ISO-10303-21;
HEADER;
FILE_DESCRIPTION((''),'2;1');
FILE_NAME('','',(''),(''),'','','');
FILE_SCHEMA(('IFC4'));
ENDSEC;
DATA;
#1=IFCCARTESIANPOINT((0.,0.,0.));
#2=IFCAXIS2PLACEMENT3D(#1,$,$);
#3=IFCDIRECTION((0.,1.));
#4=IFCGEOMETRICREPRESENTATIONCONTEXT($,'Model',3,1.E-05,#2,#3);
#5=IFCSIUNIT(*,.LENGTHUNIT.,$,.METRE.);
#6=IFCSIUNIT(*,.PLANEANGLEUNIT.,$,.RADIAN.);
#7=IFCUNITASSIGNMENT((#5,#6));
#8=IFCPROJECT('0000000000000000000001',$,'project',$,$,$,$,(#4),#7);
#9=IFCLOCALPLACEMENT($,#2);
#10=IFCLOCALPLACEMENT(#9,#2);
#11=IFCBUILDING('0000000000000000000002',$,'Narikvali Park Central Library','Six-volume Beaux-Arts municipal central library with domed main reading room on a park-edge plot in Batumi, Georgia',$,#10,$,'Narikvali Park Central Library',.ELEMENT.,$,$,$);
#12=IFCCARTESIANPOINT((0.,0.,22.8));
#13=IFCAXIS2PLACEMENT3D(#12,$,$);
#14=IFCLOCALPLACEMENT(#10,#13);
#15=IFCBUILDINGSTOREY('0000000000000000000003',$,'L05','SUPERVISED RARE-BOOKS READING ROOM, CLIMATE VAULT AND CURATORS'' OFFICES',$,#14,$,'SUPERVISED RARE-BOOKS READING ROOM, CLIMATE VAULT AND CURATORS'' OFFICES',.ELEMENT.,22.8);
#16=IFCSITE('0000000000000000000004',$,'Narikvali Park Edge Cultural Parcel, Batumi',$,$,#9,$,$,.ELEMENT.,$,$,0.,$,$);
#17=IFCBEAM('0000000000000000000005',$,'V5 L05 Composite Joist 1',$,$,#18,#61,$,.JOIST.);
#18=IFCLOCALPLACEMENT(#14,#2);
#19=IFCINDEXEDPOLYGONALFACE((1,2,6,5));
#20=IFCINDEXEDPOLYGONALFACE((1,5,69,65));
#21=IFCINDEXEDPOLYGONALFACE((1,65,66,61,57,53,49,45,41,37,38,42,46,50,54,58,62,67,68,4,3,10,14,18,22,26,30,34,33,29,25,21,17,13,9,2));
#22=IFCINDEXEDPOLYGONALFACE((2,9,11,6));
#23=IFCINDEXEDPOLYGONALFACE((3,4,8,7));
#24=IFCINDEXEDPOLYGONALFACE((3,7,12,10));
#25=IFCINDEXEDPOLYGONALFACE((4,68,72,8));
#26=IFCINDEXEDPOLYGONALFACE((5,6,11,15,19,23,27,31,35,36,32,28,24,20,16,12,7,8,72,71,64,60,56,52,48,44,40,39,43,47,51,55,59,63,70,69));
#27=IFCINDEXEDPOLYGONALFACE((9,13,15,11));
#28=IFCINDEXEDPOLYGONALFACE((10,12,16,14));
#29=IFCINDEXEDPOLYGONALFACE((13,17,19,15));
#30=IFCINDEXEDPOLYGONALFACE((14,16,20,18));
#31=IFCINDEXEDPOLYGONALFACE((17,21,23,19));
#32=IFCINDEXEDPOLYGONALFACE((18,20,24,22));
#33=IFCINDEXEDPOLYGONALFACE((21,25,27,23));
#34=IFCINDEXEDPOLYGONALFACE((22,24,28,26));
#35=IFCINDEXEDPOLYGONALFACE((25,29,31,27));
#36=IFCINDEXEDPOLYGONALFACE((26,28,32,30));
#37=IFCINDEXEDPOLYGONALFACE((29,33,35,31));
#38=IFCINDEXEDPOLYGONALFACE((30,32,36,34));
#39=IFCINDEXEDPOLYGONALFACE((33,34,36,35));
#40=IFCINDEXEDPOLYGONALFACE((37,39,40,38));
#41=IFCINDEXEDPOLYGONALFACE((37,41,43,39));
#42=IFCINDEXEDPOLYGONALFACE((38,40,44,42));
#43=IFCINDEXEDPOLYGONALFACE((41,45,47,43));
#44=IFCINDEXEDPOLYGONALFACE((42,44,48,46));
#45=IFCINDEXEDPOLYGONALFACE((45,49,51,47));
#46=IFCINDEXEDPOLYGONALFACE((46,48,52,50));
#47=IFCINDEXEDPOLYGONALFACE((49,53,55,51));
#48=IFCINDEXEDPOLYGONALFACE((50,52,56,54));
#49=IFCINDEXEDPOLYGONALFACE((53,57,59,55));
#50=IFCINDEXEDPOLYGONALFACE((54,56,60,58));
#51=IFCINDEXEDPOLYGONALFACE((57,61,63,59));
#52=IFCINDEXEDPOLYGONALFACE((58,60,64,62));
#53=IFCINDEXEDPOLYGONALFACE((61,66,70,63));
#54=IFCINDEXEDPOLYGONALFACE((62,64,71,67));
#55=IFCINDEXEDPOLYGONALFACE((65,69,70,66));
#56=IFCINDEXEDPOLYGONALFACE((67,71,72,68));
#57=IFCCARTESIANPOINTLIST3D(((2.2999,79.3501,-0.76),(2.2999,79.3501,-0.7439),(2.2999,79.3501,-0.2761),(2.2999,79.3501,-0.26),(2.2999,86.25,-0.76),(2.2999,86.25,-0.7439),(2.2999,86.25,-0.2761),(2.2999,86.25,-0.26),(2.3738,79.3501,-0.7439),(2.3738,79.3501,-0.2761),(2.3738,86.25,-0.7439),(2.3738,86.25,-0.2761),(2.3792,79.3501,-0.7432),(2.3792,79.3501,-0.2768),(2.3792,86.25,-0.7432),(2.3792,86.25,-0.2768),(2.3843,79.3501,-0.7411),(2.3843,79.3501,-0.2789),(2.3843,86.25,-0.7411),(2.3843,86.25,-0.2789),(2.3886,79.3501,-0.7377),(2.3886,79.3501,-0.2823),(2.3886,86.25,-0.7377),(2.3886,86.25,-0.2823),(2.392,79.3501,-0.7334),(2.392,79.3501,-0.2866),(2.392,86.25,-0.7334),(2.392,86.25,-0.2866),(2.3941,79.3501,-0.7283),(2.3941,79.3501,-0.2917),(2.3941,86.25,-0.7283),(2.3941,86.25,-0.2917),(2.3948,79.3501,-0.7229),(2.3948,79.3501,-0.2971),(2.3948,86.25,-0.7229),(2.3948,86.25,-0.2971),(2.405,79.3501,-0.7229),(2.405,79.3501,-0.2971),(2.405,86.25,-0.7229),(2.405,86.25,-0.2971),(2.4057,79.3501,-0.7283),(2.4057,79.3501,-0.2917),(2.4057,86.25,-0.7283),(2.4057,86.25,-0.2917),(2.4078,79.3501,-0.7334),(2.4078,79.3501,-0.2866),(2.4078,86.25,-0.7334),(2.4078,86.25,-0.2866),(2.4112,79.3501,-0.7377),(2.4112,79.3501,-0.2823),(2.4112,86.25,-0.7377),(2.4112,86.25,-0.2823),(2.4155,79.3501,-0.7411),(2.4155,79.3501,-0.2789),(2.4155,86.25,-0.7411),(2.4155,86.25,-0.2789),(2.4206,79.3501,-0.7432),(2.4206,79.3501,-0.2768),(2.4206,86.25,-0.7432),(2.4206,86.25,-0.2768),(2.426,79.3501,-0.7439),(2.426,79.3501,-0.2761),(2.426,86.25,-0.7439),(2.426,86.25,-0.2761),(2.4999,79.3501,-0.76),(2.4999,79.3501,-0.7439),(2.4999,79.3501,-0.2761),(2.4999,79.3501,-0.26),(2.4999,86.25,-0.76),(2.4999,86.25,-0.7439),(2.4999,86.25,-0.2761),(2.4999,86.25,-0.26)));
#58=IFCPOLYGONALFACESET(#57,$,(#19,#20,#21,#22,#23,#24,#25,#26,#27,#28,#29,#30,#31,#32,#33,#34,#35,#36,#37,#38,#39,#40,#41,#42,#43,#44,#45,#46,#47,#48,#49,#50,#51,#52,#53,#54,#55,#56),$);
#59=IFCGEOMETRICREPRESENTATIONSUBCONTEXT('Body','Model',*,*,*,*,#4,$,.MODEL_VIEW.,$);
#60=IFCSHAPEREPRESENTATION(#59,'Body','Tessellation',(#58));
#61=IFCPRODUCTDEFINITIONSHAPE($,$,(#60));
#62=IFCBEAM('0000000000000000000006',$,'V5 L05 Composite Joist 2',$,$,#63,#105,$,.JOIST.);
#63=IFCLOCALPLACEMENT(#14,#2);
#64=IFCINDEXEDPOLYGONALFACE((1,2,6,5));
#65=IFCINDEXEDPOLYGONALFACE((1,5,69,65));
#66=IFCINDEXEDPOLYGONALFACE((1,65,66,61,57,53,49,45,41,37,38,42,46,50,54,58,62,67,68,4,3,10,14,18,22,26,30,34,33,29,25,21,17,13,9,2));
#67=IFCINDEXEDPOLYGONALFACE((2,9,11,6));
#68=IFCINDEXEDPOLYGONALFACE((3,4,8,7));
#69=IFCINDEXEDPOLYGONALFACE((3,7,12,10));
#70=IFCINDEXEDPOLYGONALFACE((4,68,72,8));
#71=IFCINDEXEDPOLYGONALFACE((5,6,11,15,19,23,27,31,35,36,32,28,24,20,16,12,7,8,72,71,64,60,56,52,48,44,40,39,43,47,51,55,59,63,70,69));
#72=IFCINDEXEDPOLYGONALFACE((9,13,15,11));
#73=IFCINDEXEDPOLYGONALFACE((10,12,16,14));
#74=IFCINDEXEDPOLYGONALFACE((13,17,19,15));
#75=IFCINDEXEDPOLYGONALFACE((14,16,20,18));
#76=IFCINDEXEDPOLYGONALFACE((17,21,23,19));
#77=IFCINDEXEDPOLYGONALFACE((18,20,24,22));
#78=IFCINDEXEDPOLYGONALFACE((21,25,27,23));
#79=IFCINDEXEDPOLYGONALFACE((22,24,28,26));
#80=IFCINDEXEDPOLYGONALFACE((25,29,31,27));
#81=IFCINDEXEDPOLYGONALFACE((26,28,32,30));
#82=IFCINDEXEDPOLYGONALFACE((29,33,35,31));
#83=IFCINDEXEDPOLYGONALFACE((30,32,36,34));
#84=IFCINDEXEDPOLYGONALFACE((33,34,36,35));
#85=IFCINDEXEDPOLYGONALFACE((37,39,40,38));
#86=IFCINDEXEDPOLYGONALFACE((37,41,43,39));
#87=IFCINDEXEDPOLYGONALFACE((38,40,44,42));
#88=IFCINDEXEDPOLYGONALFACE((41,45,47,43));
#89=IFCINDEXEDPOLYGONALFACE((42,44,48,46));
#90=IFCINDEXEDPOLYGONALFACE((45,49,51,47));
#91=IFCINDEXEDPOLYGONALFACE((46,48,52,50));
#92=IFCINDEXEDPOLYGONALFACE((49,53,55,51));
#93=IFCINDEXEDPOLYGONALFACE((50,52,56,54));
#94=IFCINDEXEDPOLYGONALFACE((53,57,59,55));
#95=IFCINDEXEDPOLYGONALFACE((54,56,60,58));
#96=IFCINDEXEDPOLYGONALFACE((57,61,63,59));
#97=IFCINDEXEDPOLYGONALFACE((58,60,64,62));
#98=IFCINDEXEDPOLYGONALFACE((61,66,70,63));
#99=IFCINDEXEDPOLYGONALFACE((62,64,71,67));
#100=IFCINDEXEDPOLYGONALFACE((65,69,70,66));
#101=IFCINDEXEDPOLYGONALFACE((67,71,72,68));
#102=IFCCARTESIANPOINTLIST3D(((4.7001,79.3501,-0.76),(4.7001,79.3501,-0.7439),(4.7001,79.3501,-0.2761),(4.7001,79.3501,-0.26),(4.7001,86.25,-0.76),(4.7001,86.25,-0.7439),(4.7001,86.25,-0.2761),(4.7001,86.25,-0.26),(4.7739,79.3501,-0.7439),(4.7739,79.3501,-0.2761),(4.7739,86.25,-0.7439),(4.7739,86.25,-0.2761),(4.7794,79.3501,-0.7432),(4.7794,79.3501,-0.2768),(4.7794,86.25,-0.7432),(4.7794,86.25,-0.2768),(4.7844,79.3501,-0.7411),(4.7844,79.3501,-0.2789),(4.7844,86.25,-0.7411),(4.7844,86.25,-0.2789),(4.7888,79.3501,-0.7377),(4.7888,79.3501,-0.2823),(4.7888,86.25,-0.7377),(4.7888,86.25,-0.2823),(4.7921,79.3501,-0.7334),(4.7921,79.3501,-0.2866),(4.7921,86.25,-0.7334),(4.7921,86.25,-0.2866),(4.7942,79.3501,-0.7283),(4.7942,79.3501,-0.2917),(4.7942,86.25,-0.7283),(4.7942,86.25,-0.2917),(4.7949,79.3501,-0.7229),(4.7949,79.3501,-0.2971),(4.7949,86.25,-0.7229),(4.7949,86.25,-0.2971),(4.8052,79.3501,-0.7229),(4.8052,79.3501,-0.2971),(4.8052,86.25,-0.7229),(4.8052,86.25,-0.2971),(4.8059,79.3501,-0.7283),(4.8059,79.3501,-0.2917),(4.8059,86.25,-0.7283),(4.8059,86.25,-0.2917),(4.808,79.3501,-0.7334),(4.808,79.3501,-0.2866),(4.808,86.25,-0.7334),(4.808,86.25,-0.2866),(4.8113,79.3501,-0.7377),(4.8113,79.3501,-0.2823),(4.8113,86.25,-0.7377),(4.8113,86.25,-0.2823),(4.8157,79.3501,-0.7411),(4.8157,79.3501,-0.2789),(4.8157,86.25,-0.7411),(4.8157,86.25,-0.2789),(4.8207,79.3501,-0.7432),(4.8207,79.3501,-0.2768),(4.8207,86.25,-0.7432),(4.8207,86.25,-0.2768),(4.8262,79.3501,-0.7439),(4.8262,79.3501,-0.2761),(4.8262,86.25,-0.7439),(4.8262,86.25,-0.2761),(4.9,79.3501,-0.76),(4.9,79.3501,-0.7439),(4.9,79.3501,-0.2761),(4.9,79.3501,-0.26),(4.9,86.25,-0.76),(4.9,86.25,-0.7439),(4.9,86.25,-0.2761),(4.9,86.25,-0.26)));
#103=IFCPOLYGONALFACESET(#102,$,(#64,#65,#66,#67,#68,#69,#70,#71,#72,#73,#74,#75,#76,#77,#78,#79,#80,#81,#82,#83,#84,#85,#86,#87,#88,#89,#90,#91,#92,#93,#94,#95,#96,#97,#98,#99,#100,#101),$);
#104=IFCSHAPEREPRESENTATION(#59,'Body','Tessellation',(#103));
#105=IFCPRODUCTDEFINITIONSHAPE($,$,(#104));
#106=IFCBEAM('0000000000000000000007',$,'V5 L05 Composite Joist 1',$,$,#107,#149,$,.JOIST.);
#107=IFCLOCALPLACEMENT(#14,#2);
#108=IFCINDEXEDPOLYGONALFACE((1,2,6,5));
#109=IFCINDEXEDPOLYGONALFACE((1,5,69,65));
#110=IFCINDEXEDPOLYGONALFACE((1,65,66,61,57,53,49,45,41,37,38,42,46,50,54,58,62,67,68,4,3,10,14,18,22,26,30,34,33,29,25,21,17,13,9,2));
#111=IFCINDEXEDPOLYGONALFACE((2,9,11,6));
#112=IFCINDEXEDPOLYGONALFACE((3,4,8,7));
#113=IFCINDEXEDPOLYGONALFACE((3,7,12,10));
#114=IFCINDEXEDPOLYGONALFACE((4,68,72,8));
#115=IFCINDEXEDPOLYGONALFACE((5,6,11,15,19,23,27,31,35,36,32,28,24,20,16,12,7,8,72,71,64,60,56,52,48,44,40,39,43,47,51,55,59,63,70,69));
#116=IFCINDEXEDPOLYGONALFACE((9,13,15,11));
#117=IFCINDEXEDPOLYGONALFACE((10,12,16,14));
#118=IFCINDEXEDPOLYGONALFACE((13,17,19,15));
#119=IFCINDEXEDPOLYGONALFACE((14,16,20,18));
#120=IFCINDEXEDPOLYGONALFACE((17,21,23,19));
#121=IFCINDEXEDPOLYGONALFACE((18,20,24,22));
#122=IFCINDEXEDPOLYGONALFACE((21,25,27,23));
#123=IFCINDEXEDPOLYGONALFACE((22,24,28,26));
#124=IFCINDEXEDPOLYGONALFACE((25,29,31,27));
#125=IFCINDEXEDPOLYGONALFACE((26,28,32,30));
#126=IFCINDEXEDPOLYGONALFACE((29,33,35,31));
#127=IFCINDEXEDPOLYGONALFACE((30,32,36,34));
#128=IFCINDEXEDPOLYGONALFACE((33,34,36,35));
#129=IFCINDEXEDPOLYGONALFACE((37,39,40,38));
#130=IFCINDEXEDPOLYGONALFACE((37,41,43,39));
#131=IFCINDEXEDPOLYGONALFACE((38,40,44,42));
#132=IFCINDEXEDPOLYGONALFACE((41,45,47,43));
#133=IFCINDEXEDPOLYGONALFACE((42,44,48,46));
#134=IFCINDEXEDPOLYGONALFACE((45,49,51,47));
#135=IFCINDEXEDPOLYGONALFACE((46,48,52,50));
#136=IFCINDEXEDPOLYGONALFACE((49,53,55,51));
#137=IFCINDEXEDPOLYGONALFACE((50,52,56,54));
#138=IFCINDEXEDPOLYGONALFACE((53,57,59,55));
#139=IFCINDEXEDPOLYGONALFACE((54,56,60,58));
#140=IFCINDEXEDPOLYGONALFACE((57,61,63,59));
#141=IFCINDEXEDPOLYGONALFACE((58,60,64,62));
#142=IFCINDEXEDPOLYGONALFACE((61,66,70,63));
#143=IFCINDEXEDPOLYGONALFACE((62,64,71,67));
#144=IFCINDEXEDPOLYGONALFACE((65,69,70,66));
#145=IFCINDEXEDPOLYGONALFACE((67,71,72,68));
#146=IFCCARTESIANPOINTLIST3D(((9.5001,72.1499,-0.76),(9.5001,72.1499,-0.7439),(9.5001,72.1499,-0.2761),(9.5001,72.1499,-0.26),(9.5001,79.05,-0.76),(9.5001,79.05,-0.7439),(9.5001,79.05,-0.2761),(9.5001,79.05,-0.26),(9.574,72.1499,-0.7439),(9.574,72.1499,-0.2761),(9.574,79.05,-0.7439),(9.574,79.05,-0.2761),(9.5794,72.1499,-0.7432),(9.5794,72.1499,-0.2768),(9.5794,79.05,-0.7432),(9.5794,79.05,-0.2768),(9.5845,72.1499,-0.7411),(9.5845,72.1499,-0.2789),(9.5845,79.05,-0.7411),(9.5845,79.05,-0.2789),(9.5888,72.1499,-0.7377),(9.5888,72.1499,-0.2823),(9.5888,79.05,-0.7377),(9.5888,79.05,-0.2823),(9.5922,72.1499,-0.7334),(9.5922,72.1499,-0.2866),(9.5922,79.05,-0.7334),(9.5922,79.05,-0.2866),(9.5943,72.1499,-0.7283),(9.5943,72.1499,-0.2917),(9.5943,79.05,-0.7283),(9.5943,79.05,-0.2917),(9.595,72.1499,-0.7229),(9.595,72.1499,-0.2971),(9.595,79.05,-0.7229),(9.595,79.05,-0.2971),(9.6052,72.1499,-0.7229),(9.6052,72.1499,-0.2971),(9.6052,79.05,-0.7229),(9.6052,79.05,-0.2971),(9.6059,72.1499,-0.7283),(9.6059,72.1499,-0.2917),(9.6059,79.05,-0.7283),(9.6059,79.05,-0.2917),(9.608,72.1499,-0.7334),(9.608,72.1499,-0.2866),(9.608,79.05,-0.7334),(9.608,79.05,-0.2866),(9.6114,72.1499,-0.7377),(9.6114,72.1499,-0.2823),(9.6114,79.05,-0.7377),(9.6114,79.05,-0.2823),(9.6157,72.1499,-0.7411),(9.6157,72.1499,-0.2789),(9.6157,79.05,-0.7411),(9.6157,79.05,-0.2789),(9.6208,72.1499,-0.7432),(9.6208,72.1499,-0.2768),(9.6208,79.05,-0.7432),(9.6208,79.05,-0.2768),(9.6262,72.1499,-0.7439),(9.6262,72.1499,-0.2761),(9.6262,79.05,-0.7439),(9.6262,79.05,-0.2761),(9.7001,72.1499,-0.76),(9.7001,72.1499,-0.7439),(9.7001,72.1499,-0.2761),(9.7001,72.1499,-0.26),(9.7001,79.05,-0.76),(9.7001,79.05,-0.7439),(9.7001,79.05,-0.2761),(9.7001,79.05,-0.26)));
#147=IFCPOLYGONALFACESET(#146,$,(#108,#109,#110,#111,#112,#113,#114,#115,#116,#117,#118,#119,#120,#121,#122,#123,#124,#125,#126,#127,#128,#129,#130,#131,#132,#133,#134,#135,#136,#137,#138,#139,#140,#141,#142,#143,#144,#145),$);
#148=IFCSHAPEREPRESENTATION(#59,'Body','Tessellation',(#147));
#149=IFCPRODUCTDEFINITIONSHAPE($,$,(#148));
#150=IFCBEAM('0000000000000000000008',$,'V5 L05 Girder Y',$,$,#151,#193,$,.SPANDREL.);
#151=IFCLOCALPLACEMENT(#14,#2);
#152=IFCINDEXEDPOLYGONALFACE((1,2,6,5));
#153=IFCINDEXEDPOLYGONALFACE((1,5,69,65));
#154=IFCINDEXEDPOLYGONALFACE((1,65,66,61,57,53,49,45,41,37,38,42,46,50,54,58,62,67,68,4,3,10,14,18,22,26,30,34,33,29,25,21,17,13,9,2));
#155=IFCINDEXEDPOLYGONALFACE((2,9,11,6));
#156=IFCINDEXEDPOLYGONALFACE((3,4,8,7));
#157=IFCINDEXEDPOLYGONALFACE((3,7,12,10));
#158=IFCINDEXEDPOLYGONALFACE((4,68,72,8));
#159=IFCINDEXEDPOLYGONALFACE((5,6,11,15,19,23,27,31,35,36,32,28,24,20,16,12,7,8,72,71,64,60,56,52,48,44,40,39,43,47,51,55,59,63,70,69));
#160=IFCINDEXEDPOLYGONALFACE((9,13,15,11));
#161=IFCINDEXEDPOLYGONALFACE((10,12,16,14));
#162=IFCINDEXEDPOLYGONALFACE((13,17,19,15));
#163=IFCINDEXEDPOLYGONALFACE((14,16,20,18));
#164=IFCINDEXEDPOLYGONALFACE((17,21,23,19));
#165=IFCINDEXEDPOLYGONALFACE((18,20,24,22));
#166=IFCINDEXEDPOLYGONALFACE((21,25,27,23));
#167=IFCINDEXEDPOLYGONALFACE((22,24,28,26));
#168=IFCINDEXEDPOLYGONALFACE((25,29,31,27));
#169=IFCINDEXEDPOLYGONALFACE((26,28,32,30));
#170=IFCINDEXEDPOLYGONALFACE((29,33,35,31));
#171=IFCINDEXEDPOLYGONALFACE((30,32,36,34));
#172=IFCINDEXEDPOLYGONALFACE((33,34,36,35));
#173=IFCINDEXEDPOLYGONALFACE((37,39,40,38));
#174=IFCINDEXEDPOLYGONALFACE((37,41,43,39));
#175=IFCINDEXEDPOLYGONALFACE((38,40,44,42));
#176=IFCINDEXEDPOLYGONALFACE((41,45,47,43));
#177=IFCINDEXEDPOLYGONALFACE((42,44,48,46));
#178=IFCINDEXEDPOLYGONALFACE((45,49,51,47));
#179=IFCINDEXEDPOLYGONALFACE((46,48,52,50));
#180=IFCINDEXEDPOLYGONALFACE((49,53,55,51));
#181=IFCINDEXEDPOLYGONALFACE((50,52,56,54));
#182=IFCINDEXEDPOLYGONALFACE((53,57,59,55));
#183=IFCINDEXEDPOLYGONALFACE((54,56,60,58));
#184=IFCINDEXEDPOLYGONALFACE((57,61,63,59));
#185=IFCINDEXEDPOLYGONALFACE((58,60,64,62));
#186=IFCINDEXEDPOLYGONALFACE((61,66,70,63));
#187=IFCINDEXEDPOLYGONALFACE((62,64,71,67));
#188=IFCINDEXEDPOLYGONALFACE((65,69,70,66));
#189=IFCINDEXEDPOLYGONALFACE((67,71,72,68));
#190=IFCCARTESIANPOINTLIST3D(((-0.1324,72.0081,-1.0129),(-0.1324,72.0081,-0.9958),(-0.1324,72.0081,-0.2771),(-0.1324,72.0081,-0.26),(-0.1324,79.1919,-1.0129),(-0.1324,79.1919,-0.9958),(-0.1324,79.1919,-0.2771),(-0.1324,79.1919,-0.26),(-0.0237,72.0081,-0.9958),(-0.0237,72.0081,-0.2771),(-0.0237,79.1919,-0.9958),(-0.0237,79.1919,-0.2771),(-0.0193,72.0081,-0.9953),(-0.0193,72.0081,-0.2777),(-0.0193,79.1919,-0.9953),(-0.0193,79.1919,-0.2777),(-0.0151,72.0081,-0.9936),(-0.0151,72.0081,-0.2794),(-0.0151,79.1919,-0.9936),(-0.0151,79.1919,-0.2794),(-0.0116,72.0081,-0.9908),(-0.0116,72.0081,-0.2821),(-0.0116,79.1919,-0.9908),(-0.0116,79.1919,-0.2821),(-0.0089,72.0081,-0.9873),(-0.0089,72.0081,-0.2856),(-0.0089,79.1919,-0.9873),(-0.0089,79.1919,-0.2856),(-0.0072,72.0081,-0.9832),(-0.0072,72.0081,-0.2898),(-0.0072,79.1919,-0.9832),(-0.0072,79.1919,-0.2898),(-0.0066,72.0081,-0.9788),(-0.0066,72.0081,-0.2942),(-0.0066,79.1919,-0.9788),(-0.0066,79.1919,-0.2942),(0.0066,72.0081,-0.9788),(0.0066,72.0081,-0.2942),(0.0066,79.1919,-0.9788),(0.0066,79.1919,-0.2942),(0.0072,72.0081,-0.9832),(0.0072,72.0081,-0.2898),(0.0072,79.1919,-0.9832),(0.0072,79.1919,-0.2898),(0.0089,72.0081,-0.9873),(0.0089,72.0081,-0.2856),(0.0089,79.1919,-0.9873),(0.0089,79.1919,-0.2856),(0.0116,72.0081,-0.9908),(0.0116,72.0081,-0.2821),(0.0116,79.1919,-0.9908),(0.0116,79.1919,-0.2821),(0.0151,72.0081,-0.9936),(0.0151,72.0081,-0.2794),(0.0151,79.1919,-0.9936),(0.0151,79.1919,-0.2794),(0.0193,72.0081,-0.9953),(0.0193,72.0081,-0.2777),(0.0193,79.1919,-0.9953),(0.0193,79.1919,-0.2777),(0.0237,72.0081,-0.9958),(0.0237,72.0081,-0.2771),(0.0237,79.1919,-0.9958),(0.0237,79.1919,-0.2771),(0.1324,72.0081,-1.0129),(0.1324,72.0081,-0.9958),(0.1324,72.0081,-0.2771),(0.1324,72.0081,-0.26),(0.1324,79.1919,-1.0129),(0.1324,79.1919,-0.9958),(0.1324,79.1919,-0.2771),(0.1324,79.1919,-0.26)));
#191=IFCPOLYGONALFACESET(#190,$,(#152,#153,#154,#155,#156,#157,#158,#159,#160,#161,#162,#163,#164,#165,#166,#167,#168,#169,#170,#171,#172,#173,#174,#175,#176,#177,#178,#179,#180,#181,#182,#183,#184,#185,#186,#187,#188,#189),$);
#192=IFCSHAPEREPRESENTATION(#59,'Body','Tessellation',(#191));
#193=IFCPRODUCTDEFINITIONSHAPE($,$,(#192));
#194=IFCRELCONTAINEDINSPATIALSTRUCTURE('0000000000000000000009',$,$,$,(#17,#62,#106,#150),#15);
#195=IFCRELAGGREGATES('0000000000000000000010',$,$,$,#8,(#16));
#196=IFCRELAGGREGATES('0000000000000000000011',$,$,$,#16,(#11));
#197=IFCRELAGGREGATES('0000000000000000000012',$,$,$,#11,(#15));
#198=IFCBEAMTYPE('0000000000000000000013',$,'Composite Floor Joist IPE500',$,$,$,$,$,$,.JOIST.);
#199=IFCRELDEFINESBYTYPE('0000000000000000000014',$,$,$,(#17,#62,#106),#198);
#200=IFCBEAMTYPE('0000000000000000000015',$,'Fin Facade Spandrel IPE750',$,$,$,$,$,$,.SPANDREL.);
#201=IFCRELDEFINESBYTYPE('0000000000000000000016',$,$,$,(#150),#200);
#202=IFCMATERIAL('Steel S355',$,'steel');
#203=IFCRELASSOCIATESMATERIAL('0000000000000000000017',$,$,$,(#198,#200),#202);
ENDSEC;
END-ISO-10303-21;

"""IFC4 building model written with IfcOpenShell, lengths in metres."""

from ifc_helpers import new_model, si_unit, direction, frame, origin, origin_2d, place, context, subcontext, project, spatial, i_section, extrude, material, material_profile, profile_set, type_object, element, save


model = new_model("IFC4")

# Units and contexts
model_context = context("Model", 3, precision=1e-05, world=origin(), true_north=direction((0.0, 1.0)))
body_context = subcontext(model_context, "Body", "Model", "MODEL_VIEW")
ifc_project = project(units=[si_unit("LENGTHUNIT", "METRE"), si_unit("PLANEANGLEUNIT", "RADIAN")], contexts=[model_context])

# Site, building, storey
site_placement = place(None, origin())
site = spatial("IfcSite", under=ifc_project, at=site_placement, Name="Narikvali Park Edge Cultural Parcel, Batumi", CompositionType="ELEMENT", RefElevation=0.0)
building_placement = place(site_placement, origin())
building = spatial("IfcBuilding", under=site, at=building_placement, Name="Narikvali Park Central Library", Description="Six-volume Beaux-Arts municipal central library with domed main reading room on a park-edge plot in Batumi, Georgia", LongName="Narikvali Park Central Library", CompositionType="ELEMENT")
storey_placement = place(building_placement, frame((0.0, 0.0, 22.8)))
storey = spatial("IfcBuildingStorey", under=building, at=storey_placement, Name="L05", Description="SUPERVISED RARE-BOOKS READING ROOM, CLIMATE VAULT AND CURATORS' OFFICES", LongName="SUPERVISED RARE-BOOKS READING ROOM, CLIMATE VAULT AND CURATORS' OFFICES", CompositionType="ELEMENT", Elevation=22.8)

# Shared definitions
ifc_material_1 = material(Name="Steel S355", Category="steel")

# Beams
ifc_material_profile_1 = material_profile(ifc_material_1, i_section(OverallWidth=0.2, OverallDepth=0.5, WebThickness=0.0103, FlangeThickness=0.0161, FilletRadius=0.021, at=origin_2d()), Name="IPE 500")
ifc_profile_set_1 = profile_set([ifc_material_profile_1], Name="Steel S355")
beam_type_1 = type_object("IfcBeamType", Name="Composite Floor Joist IPE500", PredefinedType="JOIST", material=ifc_profile_set_1)
for number, where, z_axis, x_axis, name in (
    (1, (2.3999, 79.3501, -0.51), (0.0, 1.0, 0.0), (-1.0, 0.0, 0.0), "V5 L05 Composite Joist 1"),
    (2, (4.8, 79.3501, -0.51), (0.0, 1.0, 0.0), (-1.0, 0.0, 0.0), "V5 L05 Composite Joist 2"),
):
    element("IfcBeam", number, at=place(storey_placement, frame(where, z_axis=z_axis, x_axis=x_axis)), inside=storey, type_object=beam_type_1, Name=name, PredefinedType="JOIST", context=body_context, shape_type="SweptSolid", body=[
        extrude(i_section(OverallWidth=0.2, OverallDepth=0.5, WebThickness=0.0103, FlangeThickness=0.0161, FilletRadius=0.021, at=origin_2d()), origin(), (0.0, 0.0, 1.0), 6.8999),
    ])
beam_1_placement = place(storey_placement, frame((9.6001, 72.1499, -0.51), z_axis=(0.0, 1.0, 0.0), x_axis=(-1.0, 0.0, 0.0)))
element("IfcBeam", 3, at=beam_1_placement, inside=storey, type_object=beam_type_1, Name="V5 L05 Composite Joist 1", PredefinedType="JOIST", context=body_context, shape_type="SweptSolid", body=[
    extrude(i_section(OverallWidth=0.2, OverallDepth=0.5, WebThickness=0.0103, FlangeThickness=0.0161, FilletRadius=0.021, at=origin_2d()), origin(), (0.0, 0.0, 1.0), 6.9001),
])
ifc_material_profile_2 = material_profile(ifc_material_1, i_section(OverallWidth=0.2649, OverallDepth=0.7529, WebThickness=0.0132, FlangeThickness=0.0171, FilletRadius=0.0171, at=origin_2d()), Name="IPE 750x147")
ifc_profile_set_2 = profile_set([ifc_material_profile_2], Name="Steel S355")
beam_type_2 = type_object("IfcBeamType", Name="Fin Facade Spandrel IPE750", PredefinedType="SPANDREL", material=ifc_profile_set_2)
beam_2_placement = place(storey_placement, frame((0.0, 72.0081, -0.6365), z_axis=(0.0, 1.0, 0.0), x_axis=(-1.0, 0.0, 0.0)))
element("IfcBeam", 4, at=beam_2_placement, inside=storey, type_object=beam_type_2, Name="V5 L05 Girder Y", PredefinedType="SPANDREL", context=body_context, shape_type="SweptSolid", body=[
    extrude(i_section(OverallWidth=0.2649, OverallDepth=0.7529, WebThickness=0.0132, FlangeThickness=0.0171, FilletRadius=0.0171, at=origin_2d()), origin(), (0.0, 0.0, 1.0), 7.1838),
])

save(model, "model.ifc")
